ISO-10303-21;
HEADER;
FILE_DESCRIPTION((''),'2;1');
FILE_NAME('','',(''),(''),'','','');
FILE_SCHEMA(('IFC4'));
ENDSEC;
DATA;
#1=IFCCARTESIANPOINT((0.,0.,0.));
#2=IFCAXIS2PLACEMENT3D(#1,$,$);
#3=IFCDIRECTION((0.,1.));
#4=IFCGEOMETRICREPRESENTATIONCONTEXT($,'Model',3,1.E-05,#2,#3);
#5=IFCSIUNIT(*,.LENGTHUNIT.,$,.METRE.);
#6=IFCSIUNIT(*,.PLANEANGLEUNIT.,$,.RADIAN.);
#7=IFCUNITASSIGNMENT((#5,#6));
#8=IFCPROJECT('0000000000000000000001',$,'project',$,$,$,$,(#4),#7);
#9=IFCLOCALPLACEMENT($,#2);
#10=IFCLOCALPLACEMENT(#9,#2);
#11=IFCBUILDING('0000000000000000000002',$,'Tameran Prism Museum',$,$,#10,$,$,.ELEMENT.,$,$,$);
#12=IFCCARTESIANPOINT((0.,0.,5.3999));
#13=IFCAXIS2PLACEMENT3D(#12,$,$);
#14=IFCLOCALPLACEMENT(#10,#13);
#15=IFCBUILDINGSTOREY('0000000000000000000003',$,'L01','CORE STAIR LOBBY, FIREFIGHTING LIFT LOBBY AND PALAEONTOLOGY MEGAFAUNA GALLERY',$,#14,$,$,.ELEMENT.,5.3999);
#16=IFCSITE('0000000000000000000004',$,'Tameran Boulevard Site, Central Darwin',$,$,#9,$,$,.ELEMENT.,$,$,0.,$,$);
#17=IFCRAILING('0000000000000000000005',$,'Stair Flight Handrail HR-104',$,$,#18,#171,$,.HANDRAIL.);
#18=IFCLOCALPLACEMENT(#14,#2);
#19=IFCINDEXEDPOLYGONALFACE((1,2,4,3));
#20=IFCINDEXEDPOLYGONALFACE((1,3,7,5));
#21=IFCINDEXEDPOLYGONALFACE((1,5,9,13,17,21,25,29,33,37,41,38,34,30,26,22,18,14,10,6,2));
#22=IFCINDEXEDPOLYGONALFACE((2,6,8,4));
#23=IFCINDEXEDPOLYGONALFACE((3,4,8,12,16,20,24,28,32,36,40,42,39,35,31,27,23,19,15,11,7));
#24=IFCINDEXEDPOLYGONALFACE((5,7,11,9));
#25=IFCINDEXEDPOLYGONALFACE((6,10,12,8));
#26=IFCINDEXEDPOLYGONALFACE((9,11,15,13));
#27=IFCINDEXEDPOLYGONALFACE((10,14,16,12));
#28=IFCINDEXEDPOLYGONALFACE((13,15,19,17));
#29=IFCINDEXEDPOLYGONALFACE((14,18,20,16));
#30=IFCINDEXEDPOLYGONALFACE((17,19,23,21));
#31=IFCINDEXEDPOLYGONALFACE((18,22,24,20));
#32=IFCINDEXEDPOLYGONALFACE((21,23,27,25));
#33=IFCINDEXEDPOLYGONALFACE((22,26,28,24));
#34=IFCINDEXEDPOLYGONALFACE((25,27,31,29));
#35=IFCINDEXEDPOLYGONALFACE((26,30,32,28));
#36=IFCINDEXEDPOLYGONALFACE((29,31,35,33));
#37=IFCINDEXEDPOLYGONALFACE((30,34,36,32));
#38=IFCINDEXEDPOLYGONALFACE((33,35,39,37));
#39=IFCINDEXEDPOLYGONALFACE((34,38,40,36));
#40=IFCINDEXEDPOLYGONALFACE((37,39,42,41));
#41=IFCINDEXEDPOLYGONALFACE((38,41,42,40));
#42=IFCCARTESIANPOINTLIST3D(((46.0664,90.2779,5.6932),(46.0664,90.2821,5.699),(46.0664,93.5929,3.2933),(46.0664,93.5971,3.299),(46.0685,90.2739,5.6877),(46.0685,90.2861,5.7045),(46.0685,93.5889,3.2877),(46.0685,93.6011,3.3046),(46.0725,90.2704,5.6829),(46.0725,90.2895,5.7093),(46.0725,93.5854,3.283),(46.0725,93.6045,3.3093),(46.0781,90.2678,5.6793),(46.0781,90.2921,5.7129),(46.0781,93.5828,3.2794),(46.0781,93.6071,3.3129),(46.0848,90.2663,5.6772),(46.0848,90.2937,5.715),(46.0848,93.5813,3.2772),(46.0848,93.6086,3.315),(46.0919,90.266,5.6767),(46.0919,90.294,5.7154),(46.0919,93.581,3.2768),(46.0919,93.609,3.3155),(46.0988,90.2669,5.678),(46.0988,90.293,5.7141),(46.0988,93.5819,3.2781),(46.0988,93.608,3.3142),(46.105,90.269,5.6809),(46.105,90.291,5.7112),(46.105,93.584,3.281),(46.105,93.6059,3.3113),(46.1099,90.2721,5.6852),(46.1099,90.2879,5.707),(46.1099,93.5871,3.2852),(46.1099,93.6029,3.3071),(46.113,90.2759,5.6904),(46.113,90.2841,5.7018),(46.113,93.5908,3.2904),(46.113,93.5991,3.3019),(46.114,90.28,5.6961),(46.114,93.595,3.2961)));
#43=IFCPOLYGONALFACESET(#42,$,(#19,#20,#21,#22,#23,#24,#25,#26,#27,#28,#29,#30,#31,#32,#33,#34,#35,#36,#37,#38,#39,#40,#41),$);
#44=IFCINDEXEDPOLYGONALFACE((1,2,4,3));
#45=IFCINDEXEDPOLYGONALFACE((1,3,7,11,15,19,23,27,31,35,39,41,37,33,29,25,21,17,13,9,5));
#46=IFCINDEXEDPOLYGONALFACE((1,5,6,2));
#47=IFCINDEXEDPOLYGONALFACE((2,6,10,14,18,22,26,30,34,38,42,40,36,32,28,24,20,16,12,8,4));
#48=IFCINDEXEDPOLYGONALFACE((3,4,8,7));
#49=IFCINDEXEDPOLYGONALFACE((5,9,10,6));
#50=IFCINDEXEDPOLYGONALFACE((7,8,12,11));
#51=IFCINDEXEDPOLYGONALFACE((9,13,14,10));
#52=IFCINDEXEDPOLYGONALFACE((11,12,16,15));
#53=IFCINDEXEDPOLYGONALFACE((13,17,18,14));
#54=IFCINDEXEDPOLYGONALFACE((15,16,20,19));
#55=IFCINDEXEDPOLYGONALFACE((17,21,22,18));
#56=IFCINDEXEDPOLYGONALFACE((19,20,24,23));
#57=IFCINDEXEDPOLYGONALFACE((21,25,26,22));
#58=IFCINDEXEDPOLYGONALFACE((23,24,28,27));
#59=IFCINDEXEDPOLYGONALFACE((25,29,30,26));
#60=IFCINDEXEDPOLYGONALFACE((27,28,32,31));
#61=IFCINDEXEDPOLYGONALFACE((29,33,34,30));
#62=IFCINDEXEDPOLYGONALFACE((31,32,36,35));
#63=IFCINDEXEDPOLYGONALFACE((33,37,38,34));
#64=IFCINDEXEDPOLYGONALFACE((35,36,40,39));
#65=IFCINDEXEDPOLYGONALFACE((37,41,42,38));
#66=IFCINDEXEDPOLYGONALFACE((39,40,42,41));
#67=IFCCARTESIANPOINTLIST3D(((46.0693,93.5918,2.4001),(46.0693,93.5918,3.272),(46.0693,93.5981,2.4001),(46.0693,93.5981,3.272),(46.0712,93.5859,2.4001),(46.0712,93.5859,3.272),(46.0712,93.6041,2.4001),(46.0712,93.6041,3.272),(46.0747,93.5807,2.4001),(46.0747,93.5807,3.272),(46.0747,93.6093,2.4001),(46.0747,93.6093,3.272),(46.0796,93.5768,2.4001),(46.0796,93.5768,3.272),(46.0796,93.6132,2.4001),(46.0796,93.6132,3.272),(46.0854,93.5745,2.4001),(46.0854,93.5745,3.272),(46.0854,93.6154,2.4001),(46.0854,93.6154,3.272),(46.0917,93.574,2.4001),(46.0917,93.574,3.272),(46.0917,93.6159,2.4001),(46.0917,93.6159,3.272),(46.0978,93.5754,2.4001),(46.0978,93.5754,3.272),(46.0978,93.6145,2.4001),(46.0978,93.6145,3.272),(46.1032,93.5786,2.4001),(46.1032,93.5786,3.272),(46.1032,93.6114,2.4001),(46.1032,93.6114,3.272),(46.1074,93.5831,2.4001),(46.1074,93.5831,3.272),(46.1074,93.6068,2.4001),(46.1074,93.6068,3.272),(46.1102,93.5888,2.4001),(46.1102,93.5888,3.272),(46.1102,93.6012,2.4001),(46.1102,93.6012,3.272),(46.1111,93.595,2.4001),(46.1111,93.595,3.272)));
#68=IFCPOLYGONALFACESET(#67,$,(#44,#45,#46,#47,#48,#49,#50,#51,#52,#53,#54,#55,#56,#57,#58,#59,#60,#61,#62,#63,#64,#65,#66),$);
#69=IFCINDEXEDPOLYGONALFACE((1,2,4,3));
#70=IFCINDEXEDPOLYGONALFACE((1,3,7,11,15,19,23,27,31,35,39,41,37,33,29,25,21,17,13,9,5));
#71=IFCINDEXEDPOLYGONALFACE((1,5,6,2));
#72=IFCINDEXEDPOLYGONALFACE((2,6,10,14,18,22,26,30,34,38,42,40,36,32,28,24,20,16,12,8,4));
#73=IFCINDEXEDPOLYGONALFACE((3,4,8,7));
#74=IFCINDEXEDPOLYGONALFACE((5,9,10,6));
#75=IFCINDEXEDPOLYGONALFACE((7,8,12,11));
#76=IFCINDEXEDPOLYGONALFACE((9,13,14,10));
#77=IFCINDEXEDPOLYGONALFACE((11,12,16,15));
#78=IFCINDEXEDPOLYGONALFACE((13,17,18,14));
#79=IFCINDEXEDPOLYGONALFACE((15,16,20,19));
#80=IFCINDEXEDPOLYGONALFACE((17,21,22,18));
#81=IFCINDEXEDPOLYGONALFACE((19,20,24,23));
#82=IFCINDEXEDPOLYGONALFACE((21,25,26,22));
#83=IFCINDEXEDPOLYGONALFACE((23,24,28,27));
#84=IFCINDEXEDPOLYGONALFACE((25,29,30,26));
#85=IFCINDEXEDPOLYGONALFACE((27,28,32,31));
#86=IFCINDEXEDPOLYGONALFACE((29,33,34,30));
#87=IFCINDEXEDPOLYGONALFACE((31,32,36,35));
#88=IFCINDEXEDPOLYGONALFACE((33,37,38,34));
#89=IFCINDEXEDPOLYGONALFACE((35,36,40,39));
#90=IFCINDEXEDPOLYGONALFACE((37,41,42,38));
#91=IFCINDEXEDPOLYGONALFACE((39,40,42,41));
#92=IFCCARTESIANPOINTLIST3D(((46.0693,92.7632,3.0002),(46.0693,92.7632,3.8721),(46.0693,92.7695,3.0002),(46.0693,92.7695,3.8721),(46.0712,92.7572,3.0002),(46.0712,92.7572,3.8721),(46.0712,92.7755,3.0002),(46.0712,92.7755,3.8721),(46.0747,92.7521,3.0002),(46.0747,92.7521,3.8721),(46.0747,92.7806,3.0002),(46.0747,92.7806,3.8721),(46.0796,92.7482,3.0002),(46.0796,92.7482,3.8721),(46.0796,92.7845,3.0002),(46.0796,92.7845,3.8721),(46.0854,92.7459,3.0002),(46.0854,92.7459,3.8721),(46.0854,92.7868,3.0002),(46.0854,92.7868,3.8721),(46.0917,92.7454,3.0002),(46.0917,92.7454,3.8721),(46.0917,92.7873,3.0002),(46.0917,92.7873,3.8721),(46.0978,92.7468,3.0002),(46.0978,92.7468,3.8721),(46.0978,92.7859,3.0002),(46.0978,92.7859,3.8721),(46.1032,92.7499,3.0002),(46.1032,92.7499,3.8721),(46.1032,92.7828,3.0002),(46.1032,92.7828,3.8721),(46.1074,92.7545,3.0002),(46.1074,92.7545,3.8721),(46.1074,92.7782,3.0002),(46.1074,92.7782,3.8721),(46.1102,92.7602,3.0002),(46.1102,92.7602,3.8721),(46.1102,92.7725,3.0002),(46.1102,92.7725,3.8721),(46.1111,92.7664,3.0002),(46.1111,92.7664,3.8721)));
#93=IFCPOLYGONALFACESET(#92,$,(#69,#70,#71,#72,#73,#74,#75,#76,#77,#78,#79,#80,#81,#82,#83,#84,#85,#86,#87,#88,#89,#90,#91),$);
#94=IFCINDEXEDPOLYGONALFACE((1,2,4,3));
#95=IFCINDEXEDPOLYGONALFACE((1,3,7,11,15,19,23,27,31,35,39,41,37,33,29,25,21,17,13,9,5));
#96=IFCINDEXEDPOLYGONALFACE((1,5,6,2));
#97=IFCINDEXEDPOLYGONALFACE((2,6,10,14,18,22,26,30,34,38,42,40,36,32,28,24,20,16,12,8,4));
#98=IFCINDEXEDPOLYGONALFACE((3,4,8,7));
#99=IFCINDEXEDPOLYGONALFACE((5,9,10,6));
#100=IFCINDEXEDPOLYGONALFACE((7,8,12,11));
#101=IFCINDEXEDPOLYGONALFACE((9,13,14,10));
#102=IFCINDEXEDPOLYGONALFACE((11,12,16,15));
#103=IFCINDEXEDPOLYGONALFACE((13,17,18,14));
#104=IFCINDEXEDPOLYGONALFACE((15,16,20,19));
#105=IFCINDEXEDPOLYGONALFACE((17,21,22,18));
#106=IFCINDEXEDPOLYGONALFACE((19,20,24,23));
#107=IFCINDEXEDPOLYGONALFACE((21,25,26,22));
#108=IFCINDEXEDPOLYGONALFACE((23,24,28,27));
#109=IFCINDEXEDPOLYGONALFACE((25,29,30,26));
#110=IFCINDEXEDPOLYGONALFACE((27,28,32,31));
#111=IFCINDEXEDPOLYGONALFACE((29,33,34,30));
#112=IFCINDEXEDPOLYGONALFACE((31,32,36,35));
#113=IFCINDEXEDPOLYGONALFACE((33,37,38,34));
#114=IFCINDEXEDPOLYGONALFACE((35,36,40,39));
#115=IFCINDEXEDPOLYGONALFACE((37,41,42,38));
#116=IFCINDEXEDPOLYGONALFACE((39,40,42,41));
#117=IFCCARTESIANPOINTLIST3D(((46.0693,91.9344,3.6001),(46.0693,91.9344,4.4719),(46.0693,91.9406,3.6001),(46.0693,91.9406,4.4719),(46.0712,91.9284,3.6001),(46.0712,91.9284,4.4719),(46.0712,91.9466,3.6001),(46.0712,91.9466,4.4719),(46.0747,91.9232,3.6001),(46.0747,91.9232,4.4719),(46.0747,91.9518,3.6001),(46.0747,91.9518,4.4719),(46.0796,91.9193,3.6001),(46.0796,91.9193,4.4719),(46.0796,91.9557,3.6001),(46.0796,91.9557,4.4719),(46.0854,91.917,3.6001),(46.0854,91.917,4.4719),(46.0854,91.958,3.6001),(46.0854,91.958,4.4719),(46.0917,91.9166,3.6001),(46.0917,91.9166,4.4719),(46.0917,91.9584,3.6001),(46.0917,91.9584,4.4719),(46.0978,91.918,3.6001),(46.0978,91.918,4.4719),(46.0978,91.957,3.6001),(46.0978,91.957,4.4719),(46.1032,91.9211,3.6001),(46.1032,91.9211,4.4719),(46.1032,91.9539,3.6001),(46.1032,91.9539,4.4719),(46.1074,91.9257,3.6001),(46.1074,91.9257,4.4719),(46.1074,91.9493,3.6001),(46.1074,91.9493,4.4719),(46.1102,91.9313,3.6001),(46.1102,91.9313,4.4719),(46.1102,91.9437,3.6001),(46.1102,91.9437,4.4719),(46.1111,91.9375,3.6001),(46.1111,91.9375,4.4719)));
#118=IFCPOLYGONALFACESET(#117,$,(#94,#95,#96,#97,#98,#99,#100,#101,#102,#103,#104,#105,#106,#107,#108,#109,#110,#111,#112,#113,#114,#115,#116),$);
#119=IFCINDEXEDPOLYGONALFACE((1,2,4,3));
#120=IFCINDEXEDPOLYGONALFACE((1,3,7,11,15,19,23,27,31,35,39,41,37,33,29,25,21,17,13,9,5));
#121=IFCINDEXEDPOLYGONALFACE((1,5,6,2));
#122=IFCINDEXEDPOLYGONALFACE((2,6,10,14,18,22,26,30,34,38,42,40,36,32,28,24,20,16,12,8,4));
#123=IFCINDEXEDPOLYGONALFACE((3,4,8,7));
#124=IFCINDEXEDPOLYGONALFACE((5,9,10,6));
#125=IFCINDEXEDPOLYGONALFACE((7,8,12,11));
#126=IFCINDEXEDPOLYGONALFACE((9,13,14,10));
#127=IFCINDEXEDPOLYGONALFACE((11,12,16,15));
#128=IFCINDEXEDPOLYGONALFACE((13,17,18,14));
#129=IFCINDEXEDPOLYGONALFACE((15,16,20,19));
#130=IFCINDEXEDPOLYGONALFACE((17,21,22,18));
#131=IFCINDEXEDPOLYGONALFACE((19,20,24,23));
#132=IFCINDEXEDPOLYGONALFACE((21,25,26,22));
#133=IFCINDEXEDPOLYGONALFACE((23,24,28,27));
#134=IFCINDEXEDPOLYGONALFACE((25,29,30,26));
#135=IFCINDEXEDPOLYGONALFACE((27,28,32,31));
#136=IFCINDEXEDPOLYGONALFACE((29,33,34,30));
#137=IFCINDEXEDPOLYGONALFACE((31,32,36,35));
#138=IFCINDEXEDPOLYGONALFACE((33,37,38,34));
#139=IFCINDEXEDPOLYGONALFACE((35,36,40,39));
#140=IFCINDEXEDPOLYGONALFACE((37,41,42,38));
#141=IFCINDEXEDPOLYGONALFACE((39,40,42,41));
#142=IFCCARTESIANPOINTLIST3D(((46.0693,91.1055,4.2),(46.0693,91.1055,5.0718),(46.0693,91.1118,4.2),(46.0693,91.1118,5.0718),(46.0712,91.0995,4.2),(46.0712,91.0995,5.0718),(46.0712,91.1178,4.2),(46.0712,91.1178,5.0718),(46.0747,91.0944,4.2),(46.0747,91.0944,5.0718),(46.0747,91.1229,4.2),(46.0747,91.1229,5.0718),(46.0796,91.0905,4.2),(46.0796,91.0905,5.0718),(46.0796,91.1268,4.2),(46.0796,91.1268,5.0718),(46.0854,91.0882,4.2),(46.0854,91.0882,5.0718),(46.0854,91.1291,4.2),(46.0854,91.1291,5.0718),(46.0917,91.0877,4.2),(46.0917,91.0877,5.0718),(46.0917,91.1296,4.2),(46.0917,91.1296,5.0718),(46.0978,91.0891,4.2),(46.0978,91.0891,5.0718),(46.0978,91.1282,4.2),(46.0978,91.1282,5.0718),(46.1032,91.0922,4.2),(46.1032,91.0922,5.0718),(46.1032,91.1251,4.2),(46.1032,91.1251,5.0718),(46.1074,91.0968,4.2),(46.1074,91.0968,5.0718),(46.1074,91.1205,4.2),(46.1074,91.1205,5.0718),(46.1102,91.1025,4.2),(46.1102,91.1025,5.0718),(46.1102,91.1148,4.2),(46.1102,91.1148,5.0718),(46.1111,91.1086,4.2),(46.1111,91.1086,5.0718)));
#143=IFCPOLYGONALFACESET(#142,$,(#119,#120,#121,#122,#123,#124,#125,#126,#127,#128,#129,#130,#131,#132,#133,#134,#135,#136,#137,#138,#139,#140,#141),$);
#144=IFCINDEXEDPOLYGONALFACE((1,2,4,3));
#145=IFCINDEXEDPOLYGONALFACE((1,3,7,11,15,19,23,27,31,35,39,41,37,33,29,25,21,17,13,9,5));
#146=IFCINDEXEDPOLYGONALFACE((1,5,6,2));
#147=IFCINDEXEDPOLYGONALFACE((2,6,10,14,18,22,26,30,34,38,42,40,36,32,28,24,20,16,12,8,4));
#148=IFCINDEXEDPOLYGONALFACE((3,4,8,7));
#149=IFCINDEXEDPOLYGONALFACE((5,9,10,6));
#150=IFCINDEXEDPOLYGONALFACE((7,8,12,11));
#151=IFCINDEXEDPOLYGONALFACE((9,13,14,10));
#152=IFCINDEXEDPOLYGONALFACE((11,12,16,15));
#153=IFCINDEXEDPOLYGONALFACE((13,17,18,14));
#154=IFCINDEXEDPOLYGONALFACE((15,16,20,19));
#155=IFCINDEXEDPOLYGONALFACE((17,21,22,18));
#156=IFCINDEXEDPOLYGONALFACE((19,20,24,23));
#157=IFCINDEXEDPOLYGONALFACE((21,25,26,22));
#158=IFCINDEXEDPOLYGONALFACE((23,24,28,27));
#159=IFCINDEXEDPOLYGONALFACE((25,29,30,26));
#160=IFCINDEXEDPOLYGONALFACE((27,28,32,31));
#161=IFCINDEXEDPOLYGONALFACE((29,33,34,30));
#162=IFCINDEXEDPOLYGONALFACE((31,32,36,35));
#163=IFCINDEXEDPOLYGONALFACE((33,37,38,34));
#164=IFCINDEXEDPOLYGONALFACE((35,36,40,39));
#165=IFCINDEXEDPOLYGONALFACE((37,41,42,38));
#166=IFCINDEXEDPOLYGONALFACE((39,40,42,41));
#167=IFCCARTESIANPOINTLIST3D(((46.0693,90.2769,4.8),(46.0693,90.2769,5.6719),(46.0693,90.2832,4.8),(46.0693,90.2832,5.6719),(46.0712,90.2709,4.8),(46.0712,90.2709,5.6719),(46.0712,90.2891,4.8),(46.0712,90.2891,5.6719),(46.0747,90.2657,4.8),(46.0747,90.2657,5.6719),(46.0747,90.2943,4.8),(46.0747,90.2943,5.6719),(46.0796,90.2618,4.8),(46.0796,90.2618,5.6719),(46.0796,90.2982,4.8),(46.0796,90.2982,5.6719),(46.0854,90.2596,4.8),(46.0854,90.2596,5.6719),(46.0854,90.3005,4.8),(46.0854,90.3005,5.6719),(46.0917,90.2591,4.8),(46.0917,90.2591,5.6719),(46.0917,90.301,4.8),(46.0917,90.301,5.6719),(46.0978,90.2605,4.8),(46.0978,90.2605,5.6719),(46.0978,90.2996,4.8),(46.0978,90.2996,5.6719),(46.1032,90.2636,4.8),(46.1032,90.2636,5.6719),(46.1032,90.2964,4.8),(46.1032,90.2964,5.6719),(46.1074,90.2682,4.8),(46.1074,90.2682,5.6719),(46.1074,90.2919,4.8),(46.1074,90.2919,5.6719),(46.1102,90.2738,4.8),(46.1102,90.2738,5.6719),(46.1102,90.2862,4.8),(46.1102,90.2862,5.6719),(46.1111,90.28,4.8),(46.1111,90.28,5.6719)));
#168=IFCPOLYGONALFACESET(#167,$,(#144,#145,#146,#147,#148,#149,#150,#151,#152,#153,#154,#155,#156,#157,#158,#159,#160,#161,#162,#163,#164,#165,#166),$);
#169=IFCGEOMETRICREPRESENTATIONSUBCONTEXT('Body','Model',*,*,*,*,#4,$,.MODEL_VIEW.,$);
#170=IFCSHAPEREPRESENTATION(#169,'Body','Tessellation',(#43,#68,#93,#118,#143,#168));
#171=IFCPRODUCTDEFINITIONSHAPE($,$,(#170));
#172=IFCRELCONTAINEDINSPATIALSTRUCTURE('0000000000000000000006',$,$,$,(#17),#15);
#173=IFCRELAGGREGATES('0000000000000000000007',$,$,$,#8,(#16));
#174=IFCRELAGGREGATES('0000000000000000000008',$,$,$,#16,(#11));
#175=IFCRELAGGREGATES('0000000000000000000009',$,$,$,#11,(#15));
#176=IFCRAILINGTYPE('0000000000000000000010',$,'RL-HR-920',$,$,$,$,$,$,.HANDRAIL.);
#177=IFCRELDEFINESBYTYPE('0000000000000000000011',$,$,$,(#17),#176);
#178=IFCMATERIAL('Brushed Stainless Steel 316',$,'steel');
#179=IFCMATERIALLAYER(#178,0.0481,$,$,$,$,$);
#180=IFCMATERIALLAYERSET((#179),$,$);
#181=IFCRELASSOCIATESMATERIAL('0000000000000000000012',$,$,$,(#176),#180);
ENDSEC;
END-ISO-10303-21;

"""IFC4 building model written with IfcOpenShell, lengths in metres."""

from ifc_helpers import new_model, si_unit, direction, frame, origin, origin_2d, place, context, subcontext, project, spatial, circle, extrude, material, layer, layer_set, type_object, element, save


model = new_model("IFC4")

# Units and contexts
model_context = context("Model", 3, precision=1e-05, world=origin(), true_north=direction((0.0, 1.0)))
body_context = subcontext(model_context, "Body", "Model", "MODEL_VIEW")
ifc_project = project(units=[si_unit("LENGTHUNIT", "METRE"), si_unit("PLANEANGLEUNIT", "RADIAN")], contexts=[model_context])

# Site, building, storey
site_placement = place(None, origin())
site = spatial("IfcSite", under=ifc_project, at=site_placement, Name="Tameran Boulevard Site, Central Darwin", CompositionType="ELEMENT", RefElevation=0.0)
building_placement = place(site_placement, origin())
building = spatial("IfcBuilding", under=site, at=building_placement, Name="Tameran Prism Museum", CompositionType="ELEMENT")
storey_placement = place(building_placement, frame((0.0, 0.0, 5.3999)))
storey = spatial("IfcBuildingStorey", under=building, at=storey_placement, Name="L01", Description="CORE STAIR LOBBY, FIREFIGHTING LIFT LOBBY AND PALAEONTOLOGY MEGAFAUNA GALLERY", CompositionType="ELEMENT", Elevation=5.3999)

# Railing
ifc_material_1 = material(Name="Brushed Stainless Steel 316", Category="steel")
ifc_layer_1 = layer(ifc_material_1, 0.0481)
ifc_layer_set_1 = layer_set([ifc_layer_1])
railing_type_1 = type_object("IfcRailingType", Name="RL-HR-920", PredefinedType="HANDRAIL", material=ifc_layer_set_1)
railing_1_placement = place(storey_placement, frame((46.0901, 93.595, 2.4001)))
element("IfcRailing", 1, at=railing_1_placement, inside=storey, type_object=railing_type_1, Name="Stair Flight Handrail HR-104", PredefinedType="HANDRAIL", context=body_context, shape_type="SweptSolid", body=[
    extrude(circle(Radius=0.0239, at=origin_2d()), frame((0.0, 0.0, 0.896), z_axis=(0.0, -0.810009, 0.586418), x_axis=(1.0, 0.0, 0.0)), (0.0, 0.0, 1.0), 4.0925),
    extrude(circle(Radius=0.021, at=origin_2d()), origin(), (0.0, 0.0, 1.0), 0.8718),
    extrude(circle(Radius=0.021, at=origin_2d()), frame((0.0, -0.8286, 0.6001)), (0.0, 0.0, 1.0), 0.8718),
    extrude(circle(Radius=0.021, at=origin_2d()), frame((0.0, -1.6575, 1.2)), (0.0, 0.0, 1.0), 0.8718),
    extrude(circle(Radius=0.021, at=origin_2d()), frame((0.0, -2.4863, 1.7998)), (0.0, 0.0, 1.0), 0.8718),
    extrude(circle(Radius=0.021, at=origin_2d()), frame((0.0, -3.3149, 2.3999)), (0.0, 0.0, 1.0), 0.8718),
])

save(model, "model.ifc")
